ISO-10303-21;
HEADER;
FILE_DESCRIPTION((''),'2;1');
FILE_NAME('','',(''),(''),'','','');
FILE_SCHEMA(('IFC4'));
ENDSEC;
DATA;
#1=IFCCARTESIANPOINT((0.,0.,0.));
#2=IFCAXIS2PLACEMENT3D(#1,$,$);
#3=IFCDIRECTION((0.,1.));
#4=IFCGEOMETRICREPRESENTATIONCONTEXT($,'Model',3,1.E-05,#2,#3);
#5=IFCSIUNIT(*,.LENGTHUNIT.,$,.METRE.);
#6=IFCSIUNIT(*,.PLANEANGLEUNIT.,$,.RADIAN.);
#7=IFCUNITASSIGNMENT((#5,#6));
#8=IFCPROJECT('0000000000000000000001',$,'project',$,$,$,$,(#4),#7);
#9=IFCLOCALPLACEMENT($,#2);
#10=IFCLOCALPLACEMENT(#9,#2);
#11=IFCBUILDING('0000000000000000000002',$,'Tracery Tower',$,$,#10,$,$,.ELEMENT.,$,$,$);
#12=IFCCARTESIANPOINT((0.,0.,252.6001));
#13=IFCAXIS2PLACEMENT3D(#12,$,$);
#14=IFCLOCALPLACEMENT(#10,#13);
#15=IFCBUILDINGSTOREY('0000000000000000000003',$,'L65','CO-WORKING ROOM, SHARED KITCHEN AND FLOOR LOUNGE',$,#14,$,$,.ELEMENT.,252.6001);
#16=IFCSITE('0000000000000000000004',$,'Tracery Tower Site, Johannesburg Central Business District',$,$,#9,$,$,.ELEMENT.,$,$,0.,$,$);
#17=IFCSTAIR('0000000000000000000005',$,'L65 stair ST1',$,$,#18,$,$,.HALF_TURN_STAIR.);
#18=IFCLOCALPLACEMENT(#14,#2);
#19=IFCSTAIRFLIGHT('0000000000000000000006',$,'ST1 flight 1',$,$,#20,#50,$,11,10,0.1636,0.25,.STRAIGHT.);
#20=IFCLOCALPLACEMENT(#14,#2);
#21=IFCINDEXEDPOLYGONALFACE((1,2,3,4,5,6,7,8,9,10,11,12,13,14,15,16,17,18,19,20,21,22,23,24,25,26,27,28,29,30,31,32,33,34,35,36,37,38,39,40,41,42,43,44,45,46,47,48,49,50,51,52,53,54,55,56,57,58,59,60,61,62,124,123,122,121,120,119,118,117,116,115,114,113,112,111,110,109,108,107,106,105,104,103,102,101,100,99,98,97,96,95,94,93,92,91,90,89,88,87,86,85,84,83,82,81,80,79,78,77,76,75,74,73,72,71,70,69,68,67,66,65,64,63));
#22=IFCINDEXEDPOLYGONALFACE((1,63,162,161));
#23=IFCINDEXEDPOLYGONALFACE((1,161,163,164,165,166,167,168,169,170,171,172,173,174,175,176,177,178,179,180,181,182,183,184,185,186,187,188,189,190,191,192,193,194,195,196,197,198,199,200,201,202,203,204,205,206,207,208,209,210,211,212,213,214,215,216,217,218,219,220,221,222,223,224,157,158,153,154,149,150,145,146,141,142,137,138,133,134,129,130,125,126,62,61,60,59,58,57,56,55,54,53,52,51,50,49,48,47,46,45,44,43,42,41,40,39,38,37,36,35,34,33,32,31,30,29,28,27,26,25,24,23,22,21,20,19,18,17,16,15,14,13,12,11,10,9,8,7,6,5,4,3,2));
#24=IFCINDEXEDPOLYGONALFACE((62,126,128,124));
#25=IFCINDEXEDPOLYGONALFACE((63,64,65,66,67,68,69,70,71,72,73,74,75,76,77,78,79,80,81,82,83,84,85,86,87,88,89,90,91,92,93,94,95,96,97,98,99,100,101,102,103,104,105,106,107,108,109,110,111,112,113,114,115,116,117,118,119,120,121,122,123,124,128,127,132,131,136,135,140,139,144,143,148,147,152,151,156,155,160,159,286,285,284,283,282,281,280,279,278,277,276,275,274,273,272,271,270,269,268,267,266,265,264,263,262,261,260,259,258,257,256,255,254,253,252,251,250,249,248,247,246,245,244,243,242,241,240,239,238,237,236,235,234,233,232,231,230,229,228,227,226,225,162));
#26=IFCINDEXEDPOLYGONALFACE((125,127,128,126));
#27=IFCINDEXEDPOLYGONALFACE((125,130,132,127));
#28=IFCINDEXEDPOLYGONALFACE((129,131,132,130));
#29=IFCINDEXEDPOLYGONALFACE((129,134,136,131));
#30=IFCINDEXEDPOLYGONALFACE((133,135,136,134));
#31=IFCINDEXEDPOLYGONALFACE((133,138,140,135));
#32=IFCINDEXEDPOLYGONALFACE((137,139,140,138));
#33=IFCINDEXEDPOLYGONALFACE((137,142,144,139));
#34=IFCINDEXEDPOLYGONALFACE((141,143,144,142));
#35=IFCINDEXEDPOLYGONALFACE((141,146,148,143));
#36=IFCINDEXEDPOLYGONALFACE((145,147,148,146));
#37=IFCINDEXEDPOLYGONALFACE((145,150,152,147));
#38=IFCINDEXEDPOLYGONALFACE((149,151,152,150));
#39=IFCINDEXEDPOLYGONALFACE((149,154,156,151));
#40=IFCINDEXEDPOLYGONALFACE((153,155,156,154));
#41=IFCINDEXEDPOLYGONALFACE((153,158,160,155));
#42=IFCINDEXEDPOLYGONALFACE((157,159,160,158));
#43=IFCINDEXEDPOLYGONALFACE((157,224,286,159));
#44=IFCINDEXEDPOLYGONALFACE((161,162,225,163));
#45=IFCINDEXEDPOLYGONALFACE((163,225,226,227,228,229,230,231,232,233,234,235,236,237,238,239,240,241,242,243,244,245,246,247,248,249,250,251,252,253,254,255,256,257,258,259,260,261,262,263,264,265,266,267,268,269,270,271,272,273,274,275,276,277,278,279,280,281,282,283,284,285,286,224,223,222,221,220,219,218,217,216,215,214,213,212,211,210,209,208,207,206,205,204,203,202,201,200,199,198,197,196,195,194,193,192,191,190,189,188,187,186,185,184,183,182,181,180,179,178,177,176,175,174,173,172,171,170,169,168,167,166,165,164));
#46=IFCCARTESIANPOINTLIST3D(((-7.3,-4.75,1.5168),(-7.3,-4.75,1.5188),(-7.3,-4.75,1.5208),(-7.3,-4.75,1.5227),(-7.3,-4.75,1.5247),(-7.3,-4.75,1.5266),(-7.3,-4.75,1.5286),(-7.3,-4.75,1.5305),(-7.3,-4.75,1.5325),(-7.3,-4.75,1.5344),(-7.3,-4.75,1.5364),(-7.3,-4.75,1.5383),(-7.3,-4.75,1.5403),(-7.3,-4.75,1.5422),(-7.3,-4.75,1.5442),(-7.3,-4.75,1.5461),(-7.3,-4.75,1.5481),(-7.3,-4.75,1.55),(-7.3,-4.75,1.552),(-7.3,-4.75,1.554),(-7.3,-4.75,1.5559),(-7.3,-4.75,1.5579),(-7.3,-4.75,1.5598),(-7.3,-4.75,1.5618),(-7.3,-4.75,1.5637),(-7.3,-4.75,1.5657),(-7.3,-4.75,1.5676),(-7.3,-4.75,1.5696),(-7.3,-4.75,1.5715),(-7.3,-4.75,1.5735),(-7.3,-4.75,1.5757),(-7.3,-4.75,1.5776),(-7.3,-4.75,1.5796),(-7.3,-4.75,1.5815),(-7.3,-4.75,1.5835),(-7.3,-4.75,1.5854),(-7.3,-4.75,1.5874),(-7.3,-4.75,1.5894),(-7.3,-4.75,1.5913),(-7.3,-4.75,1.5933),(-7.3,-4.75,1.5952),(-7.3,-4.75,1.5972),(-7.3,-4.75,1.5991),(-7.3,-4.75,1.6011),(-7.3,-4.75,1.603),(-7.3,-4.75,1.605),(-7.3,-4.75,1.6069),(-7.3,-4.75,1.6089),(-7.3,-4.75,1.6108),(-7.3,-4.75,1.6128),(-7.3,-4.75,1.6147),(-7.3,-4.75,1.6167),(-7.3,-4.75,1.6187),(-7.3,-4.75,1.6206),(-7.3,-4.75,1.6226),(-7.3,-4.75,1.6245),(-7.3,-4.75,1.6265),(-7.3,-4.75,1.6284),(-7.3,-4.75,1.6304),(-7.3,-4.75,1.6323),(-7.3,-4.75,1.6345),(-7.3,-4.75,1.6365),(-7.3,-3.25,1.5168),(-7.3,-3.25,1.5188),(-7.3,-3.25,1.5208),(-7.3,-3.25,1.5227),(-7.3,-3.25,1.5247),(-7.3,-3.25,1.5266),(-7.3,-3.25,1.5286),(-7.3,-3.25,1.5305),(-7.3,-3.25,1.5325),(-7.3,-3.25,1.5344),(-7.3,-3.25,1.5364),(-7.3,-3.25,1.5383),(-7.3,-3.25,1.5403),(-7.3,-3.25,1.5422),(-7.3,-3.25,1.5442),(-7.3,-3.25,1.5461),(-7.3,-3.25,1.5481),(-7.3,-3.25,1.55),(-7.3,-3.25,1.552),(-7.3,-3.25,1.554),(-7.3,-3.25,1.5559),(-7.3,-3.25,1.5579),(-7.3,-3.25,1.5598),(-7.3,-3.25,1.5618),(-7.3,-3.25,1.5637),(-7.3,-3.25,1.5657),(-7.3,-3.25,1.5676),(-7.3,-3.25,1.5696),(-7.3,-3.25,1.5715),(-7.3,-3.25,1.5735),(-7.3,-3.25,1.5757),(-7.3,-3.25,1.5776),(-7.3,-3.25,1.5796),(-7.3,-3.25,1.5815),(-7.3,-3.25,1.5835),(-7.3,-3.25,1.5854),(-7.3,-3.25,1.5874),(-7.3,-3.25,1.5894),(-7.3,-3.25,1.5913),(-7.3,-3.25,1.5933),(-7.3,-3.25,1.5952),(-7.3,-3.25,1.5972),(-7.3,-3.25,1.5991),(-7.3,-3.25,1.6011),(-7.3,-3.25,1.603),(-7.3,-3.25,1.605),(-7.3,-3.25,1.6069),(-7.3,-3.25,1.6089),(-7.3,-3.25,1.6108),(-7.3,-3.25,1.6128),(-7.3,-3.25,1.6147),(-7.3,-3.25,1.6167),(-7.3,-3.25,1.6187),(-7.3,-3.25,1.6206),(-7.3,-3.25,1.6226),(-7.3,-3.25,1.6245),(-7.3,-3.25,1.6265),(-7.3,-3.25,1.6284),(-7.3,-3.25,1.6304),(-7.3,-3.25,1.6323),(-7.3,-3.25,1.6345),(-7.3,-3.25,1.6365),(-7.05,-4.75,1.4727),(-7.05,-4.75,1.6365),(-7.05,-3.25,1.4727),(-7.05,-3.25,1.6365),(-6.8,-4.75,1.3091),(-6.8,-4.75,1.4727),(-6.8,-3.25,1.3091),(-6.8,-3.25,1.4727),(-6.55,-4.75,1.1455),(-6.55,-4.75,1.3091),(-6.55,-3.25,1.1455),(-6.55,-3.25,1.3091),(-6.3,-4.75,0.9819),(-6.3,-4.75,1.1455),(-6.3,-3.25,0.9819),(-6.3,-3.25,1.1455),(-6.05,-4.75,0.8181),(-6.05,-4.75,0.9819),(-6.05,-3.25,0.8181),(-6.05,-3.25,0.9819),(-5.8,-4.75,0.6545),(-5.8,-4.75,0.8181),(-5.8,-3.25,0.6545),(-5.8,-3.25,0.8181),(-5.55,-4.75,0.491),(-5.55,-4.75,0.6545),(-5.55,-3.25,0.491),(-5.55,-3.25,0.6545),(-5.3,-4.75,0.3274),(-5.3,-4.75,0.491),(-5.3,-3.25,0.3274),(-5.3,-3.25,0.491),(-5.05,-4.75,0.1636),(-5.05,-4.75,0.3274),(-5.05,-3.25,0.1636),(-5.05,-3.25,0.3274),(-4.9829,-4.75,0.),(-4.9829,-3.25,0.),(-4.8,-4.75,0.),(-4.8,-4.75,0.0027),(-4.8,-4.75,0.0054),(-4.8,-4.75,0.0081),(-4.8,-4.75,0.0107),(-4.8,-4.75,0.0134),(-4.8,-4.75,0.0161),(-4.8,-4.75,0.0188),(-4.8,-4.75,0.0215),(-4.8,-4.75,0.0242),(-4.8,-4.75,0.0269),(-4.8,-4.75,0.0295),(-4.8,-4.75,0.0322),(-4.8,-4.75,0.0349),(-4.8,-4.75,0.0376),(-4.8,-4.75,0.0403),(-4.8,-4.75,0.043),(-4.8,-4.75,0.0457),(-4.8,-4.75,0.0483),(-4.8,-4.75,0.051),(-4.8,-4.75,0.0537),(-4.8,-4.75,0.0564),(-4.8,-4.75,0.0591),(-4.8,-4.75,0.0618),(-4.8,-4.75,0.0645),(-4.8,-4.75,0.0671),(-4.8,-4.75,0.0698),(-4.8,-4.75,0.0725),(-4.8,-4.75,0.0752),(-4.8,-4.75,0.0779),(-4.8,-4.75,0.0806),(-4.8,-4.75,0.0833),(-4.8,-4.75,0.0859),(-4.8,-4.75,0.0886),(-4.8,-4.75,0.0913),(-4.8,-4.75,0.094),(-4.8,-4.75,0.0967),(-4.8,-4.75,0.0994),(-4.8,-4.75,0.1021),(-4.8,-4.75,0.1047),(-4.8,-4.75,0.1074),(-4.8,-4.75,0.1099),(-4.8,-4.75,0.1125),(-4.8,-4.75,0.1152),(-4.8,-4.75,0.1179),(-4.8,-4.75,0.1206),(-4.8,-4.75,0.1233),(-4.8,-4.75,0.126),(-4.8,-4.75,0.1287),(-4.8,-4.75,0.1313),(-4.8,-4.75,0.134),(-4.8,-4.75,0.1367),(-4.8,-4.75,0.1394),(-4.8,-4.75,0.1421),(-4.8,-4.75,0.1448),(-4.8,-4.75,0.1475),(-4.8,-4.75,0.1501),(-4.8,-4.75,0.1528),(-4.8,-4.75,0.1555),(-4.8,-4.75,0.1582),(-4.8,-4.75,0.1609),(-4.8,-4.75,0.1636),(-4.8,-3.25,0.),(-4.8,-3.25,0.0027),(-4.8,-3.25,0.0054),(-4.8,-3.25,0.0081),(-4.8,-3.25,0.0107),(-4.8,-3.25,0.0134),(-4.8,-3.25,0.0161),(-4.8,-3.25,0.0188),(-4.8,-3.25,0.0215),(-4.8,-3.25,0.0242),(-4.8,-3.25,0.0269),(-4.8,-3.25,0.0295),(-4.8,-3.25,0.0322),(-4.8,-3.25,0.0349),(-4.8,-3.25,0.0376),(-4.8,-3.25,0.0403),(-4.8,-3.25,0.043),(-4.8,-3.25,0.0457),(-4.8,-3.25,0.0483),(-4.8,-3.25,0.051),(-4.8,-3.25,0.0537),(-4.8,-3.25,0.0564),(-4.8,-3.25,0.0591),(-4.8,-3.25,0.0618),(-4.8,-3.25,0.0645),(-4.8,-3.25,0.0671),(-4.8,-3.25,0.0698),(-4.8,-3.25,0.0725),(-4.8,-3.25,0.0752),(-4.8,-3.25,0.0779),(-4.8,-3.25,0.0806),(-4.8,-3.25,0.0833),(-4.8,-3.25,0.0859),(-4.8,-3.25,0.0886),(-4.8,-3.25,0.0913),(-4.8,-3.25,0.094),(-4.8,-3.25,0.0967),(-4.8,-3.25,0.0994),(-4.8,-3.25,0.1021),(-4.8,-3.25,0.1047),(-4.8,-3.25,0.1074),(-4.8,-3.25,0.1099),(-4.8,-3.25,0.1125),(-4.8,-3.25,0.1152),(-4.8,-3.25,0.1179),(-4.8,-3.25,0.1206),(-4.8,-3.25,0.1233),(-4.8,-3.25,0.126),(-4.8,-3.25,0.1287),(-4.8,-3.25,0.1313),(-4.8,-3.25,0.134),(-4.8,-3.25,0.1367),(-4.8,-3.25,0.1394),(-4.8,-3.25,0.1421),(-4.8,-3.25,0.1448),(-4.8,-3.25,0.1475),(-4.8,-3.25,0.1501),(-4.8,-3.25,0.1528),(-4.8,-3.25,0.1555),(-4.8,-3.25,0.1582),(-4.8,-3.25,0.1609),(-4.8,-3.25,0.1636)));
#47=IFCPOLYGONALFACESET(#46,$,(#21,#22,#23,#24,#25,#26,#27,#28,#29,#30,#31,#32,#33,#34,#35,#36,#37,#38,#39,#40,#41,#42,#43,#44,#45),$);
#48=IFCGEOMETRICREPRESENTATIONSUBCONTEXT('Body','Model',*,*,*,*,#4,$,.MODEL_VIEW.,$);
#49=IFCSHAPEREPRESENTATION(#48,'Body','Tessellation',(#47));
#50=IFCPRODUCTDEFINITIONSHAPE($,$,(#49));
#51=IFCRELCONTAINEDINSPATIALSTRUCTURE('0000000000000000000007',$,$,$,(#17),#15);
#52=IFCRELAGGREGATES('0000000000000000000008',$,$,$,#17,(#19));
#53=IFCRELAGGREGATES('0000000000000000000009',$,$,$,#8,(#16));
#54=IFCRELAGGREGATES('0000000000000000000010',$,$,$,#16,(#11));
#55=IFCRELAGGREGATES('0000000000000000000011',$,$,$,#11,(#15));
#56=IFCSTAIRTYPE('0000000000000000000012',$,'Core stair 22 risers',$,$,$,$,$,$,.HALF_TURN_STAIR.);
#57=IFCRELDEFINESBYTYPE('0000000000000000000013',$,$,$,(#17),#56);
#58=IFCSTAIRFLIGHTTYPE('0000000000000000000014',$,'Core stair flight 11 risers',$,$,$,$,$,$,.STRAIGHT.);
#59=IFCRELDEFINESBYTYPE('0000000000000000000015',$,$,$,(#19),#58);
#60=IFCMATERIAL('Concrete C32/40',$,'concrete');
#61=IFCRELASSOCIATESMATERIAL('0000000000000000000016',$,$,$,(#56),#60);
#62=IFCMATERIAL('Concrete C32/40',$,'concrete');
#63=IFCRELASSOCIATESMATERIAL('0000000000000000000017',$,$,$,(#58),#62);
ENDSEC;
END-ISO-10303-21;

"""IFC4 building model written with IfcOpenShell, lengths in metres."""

from ifc_helpers import new_model, si_unit, direction, frame, origin, place, context, subcontext, project, spatial, polyline, outline, extrude, material, type_object, element, aggregate, save


model = new_model("IFC4")

# Units and contexts
model_context = context("Model", 3, precision=1e-05, world=origin(), true_north=direction((0.0, 1.0)))
body_context = subcontext(model_context, "Body", "Model", "MODEL_VIEW")
ifc_project = project(units=[si_unit("LENGTHUNIT", "METRE"), si_unit("PLANEANGLEUNIT", "RADIAN")], contexts=[model_context])

# Site, building, storey
site_placement = place(None, origin())
site = spatial("IfcSite", under=ifc_project, at=site_placement, Name="Tracery Tower Site, Johannesburg Central Business District", CompositionType="ELEMENT", RefElevation=0.0)
building_placement = place(site_placement, origin())
building = spatial("IfcBuilding", under=site, at=building_placement, Name="Tracery Tower", CompositionType="ELEMENT")
storey_placement = place(building_placement, frame((0.0, 0.0, 252.6001)))
storey = spatial("IfcBuildingStorey", under=building, at=storey_placement, Name="L65", Description="CO-WORKING ROOM, SHARED KITCHEN AND FLOOR LOUNGE", CompositionType="ELEMENT", Elevation=252.6001)

# Stair, stair flight
ifc_material_1 = material(Name="Concrete C32/40", Category="concrete")
stair_type = type_object("IfcStairType", Name="Core stair 22 risers", PredefinedType="HALF_TURN_STAIR", material=ifc_material_1)
stair_placement = place(storey_placement, origin())
stair = element("IfcStair", 1, at=stair_placement, inside=storey, type_object=stair_type, Name="L65 stair ST1", PredefinedType="HALF_TURN_STAIR")
ifc_material_2 = material(Name="Concrete C32/40", Category="concrete")
stair_flight_type = type_object("IfcStairFlightType", Name="Core stair flight 11 risers", PredefinedType="STRAIGHT", material=ifc_material_2)
stair_flight_1_placement = place(storey_placement, frame((-4.8, -4.0, 0.0), z_axis=(0.0, 0.0, 1.0), x_axis=(-1.0, 0.0, 0.0)))
stair_flight_1 = element("IfcStairFlight", 2, at=stair_flight_1_placement, type_object=stair_flight_type, Name="ST1 flight 1", NumberOfRisers=11, NumberOfTreads=10, PredefinedType="STRAIGHT", RiserHeight=0.1636, TreadLength=0.25, context=body_context, shape_type="SweptSolid", body=[
    extrude(outline(polyline([(0.0, 0.0), (0.0, 0.0027), (0.0, 0.0054), (0.0, 0.0081), (0.0, 0.0107), (0.0, 0.0134), (0.0, 0.0161), (0.0, 0.0188), (0.0, 0.0215), (0.0, 0.0242), (0.0, 0.0269), (0.0, 0.0295), (0.0, 0.0322), (0.0, 0.0349), (0.0, 0.0376), (0.0, 0.0403), (0.0, 0.043), (0.0, 0.0457), (0.0, 0.0483), (0.0, 0.051), (0.0, 0.0537), (0.0, 0.0564), (0.0, 0.0591), (0.0, 0.0618), (0.0, 0.0645), (0.0, 0.0671), (0.0, 0.0698), (0.0, 0.0725), (0.0, 0.0752), (0.0, 0.0779), (0.0, 0.0806), (0.0, 0.0833), (0.0, 0.0859), (0.0, 0.0886), (0.0, 0.0913), (0.0, 0.094), (0.0, 0.0967), (0.0, 0.0994), (0.0, 0.1021), (0.0, 0.1047), (0.0, 0.1074), (0.0, 0.1099), (0.0, 0.1125), (0.0, 0.1152), (0.0, 0.1179), (0.0, 0.1206), (0.0, 0.1233), (0.0, 0.126), (0.0, 0.1287), (0.0, 0.1313), (0.0, 0.134), (0.0, 0.1367), (0.0, 0.1394), (0.0, 0.1421), (0.0, 0.1448), (0.0, 0.1475), (0.0, 0.1501), (0.0, 0.1528), (0.0, 0.1555), (0.0, 0.1582), (0.0, 0.1609), (0.0, 0.1636), (0.25, 0.1636), (0.25, 0.3274), (0.5, 0.3274), (0.5, 0.491), (0.75, 0.491), (0.75, 0.6545), (1.0, 0.6545), (1.0, 0.8181), (1.25, 0.8181), (1.25, 0.9819), (1.5, 0.9819), (1.5, 1.1455), (1.75, 1.1455), (1.75, 1.3091), (2.0, 1.3091), (2.0, 1.4727), (2.25, 1.4727), (2.25, 1.6365), (2.5, 1.6365), (2.5, 1.6345), (2.5, 1.6323), (2.5, 1.6304), (2.5, 1.6284), (2.5, 1.6265), (2.5, 1.6245), (2.5, 1.6226), (2.5, 1.6206), (2.5, 1.6187), (2.5, 1.6167), (2.5, 1.6147), (2.5, 1.6128), (2.5, 1.6108), (2.5, 1.6089), (2.5, 1.6069), (2.5, 1.605), (2.5, 1.603), (2.5, 1.6011), (2.5, 1.5991), (2.5, 1.5972), (2.5, 1.5952), (2.5, 1.5933), (2.5, 1.5913), (2.5, 1.5894), (2.5, 1.5874), (2.5, 1.5854), (2.5, 1.5835), (2.5, 1.5815), (2.5, 1.5796), (2.5, 1.5776), (2.5, 1.5757), (2.5, 1.5735), (2.5, 1.5715), (2.5, 1.5696), (2.5, 1.5676), (2.5, 1.5657), (2.5, 1.5637), (2.5, 1.5618), (2.5, 1.5598), (2.5, 1.5579), (2.5, 1.5559), (2.5, 1.554), (2.5, 1.552), (2.5, 1.55), (2.5, 1.5481), (2.5, 1.5461), (2.5, 1.5442), (2.5, 1.5422), (2.5, 1.5403), (2.5, 1.5383), (2.5, 1.5364), (2.5, 1.5344), (2.5, 1.5325), (2.5, 1.5305), (2.5, 1.5286), (2.5, 1.5266), (2.5, 1.5247), (2.5, 1.5227), (2.5, 1.5208), (2.5, 1.5188), (2.5, 1.5168), (0.1829, 0.0), (0.0, 0.0)])), frame((0.0, 0.75, 0.0), z_axis=(0.0, -1.0, 0.0), x_axis=(1.0, 0.0, 0.0)), (0.0, 0.0, 1.0), 1.5),
])
aggregate(stair, [stair_flight_1])

save(model, "model.ifc")
